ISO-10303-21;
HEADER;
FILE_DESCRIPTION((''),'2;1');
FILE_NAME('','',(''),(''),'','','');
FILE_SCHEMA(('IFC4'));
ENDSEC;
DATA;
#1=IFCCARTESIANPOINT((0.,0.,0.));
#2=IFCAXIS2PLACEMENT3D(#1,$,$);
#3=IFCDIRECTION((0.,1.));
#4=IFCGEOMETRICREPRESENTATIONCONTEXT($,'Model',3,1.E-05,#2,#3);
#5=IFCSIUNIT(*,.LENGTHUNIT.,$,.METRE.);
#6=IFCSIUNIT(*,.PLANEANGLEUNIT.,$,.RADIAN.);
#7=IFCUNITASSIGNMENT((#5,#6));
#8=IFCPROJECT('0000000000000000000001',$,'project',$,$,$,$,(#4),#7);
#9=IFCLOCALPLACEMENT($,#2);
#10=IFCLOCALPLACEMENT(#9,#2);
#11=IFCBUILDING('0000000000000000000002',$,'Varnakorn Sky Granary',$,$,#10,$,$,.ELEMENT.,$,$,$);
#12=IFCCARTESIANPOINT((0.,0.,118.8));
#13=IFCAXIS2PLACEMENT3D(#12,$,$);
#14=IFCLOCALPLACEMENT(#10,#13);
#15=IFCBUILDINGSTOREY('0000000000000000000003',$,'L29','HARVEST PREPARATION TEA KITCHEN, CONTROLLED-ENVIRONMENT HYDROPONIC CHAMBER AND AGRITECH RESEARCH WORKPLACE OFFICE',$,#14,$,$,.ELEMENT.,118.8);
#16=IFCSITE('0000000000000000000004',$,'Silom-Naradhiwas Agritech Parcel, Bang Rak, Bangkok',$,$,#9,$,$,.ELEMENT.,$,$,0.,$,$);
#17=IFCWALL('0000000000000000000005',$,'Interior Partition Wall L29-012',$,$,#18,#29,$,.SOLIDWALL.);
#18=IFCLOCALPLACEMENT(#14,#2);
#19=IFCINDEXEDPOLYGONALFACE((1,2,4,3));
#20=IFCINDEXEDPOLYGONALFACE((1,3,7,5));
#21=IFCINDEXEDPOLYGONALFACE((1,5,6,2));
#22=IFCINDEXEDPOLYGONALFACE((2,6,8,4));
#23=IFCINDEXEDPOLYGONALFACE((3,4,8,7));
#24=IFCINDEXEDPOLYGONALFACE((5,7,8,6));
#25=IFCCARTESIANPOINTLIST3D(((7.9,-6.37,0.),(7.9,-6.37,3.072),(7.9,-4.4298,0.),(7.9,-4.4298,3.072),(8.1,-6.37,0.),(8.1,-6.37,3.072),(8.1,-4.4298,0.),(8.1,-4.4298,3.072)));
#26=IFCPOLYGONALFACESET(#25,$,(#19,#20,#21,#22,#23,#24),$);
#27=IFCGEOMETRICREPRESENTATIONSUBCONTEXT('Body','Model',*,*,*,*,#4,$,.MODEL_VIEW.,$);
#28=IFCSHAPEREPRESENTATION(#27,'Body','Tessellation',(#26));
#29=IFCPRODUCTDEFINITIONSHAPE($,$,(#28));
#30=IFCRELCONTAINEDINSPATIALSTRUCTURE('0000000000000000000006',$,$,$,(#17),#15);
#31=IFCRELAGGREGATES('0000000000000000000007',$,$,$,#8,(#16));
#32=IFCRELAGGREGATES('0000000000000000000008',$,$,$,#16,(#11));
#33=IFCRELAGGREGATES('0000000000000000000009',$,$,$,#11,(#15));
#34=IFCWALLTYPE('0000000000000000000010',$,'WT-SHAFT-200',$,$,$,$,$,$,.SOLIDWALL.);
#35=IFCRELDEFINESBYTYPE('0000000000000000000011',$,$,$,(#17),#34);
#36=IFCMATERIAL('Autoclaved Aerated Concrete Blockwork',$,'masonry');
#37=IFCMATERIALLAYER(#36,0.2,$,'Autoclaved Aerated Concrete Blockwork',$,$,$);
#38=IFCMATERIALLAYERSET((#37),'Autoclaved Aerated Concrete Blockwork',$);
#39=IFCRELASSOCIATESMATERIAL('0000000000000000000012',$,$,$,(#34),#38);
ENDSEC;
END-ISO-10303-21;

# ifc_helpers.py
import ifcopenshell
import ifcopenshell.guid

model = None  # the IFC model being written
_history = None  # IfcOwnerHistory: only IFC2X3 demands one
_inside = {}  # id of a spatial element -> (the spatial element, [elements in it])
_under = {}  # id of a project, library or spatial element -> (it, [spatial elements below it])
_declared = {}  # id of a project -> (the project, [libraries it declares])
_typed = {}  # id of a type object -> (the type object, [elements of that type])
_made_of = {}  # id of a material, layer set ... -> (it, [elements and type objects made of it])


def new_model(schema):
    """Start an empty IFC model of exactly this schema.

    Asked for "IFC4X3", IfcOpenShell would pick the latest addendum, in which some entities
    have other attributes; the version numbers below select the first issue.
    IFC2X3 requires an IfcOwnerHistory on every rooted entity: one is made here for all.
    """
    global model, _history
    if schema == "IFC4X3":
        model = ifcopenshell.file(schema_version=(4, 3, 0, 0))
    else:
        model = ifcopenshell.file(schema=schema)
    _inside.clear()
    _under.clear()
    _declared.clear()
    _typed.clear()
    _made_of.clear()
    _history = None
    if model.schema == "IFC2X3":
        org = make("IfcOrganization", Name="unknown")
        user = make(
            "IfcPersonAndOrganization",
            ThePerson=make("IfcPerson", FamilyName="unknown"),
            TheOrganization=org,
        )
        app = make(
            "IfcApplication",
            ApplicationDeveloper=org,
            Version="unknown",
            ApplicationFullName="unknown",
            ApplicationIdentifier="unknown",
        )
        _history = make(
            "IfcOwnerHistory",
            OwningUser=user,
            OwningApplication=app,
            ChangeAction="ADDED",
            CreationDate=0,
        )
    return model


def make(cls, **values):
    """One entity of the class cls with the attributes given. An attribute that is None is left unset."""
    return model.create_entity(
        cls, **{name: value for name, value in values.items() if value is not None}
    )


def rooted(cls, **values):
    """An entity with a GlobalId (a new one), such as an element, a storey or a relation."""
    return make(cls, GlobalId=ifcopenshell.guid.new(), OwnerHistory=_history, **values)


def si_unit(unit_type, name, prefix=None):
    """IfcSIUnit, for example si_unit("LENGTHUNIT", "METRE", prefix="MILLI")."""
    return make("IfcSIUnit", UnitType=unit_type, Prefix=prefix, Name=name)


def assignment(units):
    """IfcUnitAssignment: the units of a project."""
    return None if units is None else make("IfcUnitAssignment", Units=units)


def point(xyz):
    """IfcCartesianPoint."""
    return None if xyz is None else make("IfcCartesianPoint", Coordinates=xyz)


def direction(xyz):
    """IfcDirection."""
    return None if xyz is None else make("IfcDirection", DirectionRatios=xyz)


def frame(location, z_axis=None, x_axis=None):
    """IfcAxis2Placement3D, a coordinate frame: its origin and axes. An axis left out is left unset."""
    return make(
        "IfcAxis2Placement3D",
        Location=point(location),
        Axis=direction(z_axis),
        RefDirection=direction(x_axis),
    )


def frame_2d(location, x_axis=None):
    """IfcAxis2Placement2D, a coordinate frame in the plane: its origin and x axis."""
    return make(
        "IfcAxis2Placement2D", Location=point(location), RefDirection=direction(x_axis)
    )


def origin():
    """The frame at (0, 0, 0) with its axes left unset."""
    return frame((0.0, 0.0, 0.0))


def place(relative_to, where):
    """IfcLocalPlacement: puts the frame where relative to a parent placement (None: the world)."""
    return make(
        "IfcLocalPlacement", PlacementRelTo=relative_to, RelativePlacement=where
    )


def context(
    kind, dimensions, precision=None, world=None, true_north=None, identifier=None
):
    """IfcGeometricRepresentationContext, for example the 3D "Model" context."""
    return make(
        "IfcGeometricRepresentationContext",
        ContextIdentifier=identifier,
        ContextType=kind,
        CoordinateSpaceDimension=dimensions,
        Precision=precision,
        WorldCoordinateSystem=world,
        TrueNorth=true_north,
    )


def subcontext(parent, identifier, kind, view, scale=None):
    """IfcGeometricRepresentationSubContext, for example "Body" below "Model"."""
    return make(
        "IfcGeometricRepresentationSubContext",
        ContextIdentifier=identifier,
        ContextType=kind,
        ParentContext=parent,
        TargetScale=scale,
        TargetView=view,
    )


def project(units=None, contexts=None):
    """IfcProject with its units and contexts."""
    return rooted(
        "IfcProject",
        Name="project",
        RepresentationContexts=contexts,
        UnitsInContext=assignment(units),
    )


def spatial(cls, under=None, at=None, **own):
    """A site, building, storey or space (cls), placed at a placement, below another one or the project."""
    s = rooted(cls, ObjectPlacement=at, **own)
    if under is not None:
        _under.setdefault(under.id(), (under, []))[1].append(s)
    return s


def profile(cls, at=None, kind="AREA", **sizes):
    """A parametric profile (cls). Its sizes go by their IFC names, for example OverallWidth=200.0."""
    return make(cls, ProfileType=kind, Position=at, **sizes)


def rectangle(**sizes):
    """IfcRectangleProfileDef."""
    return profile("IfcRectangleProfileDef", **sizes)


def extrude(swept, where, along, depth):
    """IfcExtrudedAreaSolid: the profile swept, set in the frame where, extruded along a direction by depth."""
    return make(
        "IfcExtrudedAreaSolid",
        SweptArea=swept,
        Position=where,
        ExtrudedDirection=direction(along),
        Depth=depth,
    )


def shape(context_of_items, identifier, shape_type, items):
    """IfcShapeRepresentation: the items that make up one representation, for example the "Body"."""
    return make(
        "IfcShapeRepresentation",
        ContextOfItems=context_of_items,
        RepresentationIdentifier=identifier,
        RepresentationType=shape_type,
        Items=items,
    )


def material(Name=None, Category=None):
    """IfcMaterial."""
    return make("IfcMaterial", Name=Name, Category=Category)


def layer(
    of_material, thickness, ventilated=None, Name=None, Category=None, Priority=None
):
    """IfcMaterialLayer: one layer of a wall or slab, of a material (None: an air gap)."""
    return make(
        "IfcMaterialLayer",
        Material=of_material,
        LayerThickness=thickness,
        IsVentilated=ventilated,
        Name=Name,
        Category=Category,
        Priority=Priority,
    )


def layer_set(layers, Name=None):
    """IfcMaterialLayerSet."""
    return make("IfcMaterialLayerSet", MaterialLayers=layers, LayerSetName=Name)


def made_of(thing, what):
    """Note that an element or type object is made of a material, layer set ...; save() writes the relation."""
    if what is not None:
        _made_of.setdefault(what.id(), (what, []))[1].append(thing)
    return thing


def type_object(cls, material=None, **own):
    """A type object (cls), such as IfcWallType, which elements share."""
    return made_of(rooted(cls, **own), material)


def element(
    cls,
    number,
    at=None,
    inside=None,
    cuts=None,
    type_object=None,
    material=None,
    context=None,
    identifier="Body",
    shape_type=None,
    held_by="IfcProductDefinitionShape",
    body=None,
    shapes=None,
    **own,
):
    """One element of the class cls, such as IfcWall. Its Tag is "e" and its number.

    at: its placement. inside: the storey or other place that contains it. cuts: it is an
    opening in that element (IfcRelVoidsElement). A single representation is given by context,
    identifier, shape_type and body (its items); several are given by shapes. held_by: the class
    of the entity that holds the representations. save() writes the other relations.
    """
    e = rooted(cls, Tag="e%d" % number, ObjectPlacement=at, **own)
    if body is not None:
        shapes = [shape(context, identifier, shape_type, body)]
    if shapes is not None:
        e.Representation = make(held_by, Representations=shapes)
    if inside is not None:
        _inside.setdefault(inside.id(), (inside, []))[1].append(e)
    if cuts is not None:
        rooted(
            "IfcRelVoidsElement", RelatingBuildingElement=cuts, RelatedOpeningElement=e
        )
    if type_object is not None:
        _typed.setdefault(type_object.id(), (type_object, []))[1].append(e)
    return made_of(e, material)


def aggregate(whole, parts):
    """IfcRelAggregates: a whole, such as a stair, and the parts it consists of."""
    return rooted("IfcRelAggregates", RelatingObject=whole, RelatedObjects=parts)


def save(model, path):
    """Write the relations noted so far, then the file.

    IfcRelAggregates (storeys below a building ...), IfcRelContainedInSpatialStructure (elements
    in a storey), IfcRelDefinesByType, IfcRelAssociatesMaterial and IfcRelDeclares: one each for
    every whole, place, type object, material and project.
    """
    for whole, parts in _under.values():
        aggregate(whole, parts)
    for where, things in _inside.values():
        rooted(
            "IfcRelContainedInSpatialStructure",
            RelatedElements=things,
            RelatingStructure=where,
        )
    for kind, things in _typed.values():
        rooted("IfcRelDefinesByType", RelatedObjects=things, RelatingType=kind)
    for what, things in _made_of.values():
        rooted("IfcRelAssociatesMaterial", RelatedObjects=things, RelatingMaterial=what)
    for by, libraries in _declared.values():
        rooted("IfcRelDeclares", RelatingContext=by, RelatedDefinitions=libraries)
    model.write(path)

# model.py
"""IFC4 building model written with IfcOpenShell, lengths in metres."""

from ifc_helpers import new_model, si_unit, direction, frame, frame_2d, origin, place, context, subcontext, project, spatial, rectangle, extrude, material, layer, layer_set, type_object, element, save


model = new_model("IFC4")

# Units and contexts
model_context = context("Model", 3, precision=1e-05, world=origin(), true_north=direction((0.0, 1.0)))
body_context = subcontext(model_context, "Body", "Model", "MODEL_VIEW")
ifc_project = project(units=[si_unit("LENGTHUNIT", "METRE"), si_unit("PLANEANGLEUNIT", "RADIAN")], contexts=[model_context])

# Site, building, storey
site_placement = place(None, origin())
site = spatial("IfcSite", under=ifc_project, at=site_placement, Name="Silom-Naradhiwas Agritech Parcel, Bang Rak, Bangkok", CompositionType="ELEMENT", RefElevation=0.0)
building_placement = place(site_placement, origin())
building = spatial("IfcBuilding", under=site, at=building_placement, Name="Varnakorn Sky Granary", CompositionType="ELEMENT")
storey_placement = place(building_placement, frame((0.0, 0.0, 118.8)))
storey = spatial("IfcBuildingStorey", under=building, at=storey_placement, Name="L29", Description="HARVEST PREPARATION TEA KITCHEN, CONTROLLED-ENVIRONMENT HYDROPONIC CHAMBER AND AGRITECH RESEARCH WORKPLACE OFFICE", CompositionType="ELEMENT", Elevation=118.8)

# Shared definitions
ifc_material_1 = material(Name="Autoclaved Aerated Concrete Blockwork", Category="masonry")

# Wall
ifc_layer_1 = layer(ifc_material_1, 0.2, Name="Autoclaved Aerated Concrete Blockwork")
ifc_layer_set_1 = layer_set([ifc_layer_1], Name="Autoclaved Aerated Concrete Blockwork")
wall_type_1 = type_object("IfcWallType", Name="WT-SHAFT-200", PredefinedType="SOLIDWALL", material=ifc_layer_set_1)
wall_1_placement = place(storey_placement, frame((8.0, -6.3701, 0.0), z_axis=(0.0, 0.0, 1.0), x_axis=(0.0, 1.0, 0.0)))
element("IfcWall", 1, at=wall_1_placement, inside=storey, type_object=wall_type_1, Name="Interior Partition Wall L29-012", PredefinedType="SOLIDWALL", context=body_context, shape_type="SweptSolid", body=[
    extrude(rectangle(XDim=1.9402, YDim=0.2, at=frame_2d((0.9702, 0.0))), origin(), (0.0, 0.0, 1.0), 3.072),
])

save(model, "model.ifc")
